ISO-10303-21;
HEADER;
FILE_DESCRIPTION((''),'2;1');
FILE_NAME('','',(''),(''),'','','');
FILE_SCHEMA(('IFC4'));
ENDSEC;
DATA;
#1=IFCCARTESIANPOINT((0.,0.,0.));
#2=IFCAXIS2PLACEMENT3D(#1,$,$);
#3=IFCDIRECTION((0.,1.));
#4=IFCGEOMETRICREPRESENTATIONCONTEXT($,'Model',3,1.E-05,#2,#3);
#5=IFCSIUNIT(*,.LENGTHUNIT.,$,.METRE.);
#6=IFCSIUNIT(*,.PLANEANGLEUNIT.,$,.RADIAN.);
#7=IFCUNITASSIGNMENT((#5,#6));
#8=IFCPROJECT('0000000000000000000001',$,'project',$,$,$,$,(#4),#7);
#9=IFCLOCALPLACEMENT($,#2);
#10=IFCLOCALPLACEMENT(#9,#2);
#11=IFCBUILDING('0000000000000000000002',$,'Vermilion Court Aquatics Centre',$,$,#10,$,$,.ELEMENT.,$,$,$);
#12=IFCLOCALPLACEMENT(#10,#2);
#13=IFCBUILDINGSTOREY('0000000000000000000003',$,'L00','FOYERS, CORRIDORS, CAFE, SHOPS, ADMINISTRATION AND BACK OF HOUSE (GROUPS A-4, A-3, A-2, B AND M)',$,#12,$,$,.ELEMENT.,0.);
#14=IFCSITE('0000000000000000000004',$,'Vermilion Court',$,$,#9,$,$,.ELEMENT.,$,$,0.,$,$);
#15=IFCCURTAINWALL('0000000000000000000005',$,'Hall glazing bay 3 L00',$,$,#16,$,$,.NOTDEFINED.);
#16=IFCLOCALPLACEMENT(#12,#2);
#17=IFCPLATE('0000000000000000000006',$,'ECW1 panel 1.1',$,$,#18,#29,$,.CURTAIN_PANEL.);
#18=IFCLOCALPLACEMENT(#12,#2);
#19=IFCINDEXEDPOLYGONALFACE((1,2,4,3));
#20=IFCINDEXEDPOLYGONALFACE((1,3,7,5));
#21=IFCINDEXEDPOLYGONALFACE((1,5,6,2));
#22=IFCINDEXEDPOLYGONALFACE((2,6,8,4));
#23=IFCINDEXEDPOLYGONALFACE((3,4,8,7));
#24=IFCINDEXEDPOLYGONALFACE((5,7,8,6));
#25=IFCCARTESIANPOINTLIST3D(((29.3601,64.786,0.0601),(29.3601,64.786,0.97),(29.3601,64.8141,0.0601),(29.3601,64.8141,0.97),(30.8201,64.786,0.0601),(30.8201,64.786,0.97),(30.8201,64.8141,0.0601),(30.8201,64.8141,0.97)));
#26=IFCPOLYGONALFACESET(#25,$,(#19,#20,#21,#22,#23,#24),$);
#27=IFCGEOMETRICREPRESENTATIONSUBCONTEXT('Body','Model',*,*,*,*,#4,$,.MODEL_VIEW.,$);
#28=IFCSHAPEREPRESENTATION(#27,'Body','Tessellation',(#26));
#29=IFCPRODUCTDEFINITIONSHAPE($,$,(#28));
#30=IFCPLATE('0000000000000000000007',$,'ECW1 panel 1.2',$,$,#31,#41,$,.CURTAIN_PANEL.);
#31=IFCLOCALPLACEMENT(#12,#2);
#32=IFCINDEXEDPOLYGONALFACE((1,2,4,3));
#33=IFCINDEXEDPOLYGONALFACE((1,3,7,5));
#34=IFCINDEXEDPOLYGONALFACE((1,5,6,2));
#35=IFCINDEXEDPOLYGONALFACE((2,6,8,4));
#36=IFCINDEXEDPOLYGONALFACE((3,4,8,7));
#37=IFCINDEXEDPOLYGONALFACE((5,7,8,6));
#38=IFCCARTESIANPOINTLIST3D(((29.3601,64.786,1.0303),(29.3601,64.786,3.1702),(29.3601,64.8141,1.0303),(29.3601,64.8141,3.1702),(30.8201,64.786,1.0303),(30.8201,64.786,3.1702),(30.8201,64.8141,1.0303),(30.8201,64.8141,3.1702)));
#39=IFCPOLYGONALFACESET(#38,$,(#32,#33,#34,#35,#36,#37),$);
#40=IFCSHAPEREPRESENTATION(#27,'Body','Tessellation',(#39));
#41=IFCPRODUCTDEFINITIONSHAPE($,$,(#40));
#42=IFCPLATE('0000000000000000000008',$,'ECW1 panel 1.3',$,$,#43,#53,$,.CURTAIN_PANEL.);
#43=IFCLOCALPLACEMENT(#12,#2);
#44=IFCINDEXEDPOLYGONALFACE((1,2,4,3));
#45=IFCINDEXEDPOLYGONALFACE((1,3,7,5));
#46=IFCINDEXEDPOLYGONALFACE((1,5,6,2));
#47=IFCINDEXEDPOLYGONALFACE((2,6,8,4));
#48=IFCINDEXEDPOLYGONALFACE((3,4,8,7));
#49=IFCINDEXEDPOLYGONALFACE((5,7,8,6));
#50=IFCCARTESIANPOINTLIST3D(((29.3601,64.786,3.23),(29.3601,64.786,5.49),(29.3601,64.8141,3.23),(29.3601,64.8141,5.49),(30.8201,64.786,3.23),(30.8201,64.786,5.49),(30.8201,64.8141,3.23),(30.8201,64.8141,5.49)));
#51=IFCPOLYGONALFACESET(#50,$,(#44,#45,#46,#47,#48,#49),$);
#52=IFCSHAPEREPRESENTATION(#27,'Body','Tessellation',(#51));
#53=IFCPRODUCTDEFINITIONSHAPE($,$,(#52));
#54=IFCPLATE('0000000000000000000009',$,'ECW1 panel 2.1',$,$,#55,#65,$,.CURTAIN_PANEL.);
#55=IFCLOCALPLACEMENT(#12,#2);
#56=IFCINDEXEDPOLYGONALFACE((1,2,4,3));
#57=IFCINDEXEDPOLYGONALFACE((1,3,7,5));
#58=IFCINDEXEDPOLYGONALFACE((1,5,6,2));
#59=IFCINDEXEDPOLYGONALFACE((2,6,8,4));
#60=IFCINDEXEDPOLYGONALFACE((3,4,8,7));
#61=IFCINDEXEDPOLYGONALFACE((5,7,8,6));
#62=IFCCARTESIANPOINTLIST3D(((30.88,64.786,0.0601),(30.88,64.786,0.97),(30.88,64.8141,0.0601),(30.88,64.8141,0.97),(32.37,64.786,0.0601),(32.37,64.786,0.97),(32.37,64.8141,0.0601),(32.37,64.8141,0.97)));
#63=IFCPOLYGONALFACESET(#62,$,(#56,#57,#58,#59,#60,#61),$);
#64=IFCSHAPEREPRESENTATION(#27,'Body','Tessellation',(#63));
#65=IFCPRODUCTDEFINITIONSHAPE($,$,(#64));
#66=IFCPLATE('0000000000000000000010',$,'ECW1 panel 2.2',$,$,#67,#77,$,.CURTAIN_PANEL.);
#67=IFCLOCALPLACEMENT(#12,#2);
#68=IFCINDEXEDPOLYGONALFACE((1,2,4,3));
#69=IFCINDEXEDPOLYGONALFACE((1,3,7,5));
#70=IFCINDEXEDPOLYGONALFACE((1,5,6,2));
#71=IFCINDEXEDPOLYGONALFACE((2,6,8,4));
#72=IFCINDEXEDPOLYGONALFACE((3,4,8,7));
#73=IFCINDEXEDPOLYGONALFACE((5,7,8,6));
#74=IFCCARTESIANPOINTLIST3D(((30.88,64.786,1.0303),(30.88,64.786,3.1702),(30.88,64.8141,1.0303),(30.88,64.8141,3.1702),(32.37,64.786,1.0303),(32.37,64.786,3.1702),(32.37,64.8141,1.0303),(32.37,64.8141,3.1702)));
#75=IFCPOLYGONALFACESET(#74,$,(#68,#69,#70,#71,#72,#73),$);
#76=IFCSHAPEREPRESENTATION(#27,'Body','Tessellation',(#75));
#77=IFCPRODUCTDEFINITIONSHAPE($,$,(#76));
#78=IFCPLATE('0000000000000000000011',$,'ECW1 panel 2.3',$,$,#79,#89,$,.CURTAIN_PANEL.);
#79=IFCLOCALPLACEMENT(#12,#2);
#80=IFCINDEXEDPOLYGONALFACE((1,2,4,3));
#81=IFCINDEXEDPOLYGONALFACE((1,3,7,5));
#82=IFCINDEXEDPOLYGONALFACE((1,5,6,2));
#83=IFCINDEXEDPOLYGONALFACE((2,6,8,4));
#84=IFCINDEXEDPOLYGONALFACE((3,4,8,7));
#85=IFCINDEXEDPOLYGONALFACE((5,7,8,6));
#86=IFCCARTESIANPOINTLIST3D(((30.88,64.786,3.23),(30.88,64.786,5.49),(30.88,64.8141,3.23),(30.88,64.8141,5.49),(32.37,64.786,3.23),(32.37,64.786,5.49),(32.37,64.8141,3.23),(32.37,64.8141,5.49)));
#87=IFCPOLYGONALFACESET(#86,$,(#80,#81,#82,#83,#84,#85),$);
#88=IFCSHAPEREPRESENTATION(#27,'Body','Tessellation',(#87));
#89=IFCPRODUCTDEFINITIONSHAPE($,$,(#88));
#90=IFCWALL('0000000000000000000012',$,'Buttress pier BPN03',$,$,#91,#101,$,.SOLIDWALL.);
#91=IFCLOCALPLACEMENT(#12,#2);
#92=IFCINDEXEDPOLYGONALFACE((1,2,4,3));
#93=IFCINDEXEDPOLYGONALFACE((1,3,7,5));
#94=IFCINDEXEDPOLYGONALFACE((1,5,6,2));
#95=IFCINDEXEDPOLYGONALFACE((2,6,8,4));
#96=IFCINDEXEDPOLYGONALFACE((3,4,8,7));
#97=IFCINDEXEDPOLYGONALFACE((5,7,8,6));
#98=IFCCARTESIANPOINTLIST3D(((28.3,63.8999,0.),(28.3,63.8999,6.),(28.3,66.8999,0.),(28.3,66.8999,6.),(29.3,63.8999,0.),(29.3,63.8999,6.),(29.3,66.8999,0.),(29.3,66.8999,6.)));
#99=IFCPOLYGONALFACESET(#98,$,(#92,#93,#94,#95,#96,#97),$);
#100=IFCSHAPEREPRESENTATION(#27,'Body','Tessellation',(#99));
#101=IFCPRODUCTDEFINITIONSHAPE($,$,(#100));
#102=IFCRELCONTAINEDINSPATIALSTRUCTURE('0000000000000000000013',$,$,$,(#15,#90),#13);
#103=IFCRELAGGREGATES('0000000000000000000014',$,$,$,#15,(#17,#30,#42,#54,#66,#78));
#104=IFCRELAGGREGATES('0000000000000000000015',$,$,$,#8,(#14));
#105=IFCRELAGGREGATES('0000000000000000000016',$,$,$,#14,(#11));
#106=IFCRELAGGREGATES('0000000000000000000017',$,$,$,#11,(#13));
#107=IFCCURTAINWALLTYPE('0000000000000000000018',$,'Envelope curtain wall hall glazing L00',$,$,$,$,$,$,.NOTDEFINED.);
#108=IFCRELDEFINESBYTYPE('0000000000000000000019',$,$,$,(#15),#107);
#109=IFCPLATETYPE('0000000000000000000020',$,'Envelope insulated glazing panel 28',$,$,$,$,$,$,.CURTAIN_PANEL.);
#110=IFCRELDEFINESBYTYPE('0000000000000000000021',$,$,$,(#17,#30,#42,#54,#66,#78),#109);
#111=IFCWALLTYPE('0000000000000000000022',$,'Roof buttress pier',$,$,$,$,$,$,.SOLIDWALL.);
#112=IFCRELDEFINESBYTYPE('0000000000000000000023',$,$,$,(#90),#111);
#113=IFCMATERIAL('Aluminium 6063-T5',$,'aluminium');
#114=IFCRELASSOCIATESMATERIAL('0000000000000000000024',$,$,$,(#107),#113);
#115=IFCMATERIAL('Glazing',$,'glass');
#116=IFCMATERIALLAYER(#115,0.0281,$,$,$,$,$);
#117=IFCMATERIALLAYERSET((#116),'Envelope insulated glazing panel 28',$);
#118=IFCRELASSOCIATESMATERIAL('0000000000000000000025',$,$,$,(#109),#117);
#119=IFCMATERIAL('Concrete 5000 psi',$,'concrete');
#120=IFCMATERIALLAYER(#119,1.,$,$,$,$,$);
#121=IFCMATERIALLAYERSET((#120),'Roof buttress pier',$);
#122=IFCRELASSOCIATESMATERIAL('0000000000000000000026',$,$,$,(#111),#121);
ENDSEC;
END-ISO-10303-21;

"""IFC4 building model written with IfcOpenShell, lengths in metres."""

from ifc_helpers import new_model, si_unit, direction, frame, frame_2d, origin, origin_2d, place, context, subcontext, project, spatial, rectangle, extrude, material, layer, layer_set, type_object, element, aggregate, save


model = new_model("IFC4")

# Units and contexts
model_context = context("Model", 3, precision=1e-05, world=origin(), true_north=direction((0.0, 1.0)))
body_context = subcontext(model_context, "Body", "Model", "MODEL_VIEW")
ifc_project = project(units=[si_unit("LENGTHUNIT", "METRE"), si_unit("PLANEANGLEUNIT", "RADIAN")], contexts=[model_context])

# Site, building, storey
site_placement = place(None, origin())
site = spatial("IfcSite", under=ifc_project, at=site_placement, Name="Vermilion Court", CompositionType="ELEMENT", RefElevation=0.0)
building_placement = place(site_placement, origin())
building = spatial("IfcBuilding", under=site, at=building_placement, Name="Vermilion Court Aquatics Centre", CompositionType="ELEMENT")
storey_placement = place(building_placement, origin())
storey = spatial("IfcBuildingStorey", under=building, at=storey_placement, Name="L00", Description="FOYERS, CORRIDORS, CAFE, SHOPS, ADMINISTRATION AND BACK OF HOUSE (GROUPS A-4, A-3, A-2, B AND M)", CompositionType="ELEMENT", Elevation=0.0)

# Shared definitions
ifc_material_1 = material(Name="Aluminium 6063-T5", Category="aluminium")
curtain_wall_type = type_object("IfcCurtainWallType", Name="Envelope curtain wall hall glazing L00", PredefinedType="NOTDEFINED", material=ifc_material_1)

# Curtain wall
curtain_wall_1_placement = place(storey_placement, origin())
curtain_wall_1 = element("IfcCurtainWall", 1, at=curtain_wall_1_placement, inside=storey, type_object=curtain_wall_type, Name="Hall glazing bay 3 L00", PredefinedType="NOTDEFINED")

# Plates
ifc_material_2 = material(Name="Glazing", Category="glass")
ifc_layer_1 = layer(ifc_material_2, 0.0281)
ifc_layer_set_1 = layer_set([ifc_layer_1], Name="Envelope insulated glazing panel 28")
plate_type = type_object("IfcPlateType", Name="Envelope insulated glazing panel 28", PredefinedType="CURTAIN_PANEL", material=ifc_layer_set_1)
plate_1_placement = place(storey_placement, frame((30.0901, 64.8, 0.0601), z_axis=(0.0, 0.0, 1.0), x_axis=(1.0, 0.0, 0.0)))
plate_1 = element("IfcPlate", 2, at=plate_1_placement, type_object=plate_type, Name="ECW1 panel 1.1", PredefinedType="CURTAIN_PANEL", context=body_context, shape_type="SweptSolid", body=[
    extrude(rectangle(XDim=1.46, YDim=0.0281, at=origin_2d()), origin(), (0.0, 0.0, 1.0), 0.9099),
])
plate_2_placement = place(storey_placement, frame((30.0901, 64.8, 1.0303), z_axis=(0.0, 0.0, 1.0), x_axis=(1.0, 0.0, 0.0)))
plate_2 = element("IfcPlate", 3, at=plate_2_placement, type_object=plate_type, Name="ECW1 panel 1.2", PredefinedType="CURTAIN_PANEL", context=body_context, shape_type="SweptSolid", body=[
    extrude(rectangle(XDim=1.46, YDim=0.0281, at=origin_2d()), origin(), (0.0, 0.0, 1.0), 2.1399),
])
plate_3_placement = place(storey_placement, frame((30.0901, 64.8, 3.23), z_axis=(0.0, 0.0, 1.0), x_axis=(1.0, 0.0, 0.0)))
plate_3 = element("IfcPlate", 4, at=plate_3_placement, type_object=plate_type, Name="ECW1 panel 1.3", PredefinedType="CURTAIN_PANEL", context=body_context, shape_type="SweptSolid", body=[
    extrude(rectangle(XDim=1.46, YDim=0.0281, at=origin_2d()), origin(), (0.0, 0.0, 1.0), 2.26),
])
plate_4_placement = place(storey_placement, frame((31.625, 64.8, 0.0601), z_axis=(0.0, 0.0, 1.0), x_axis=(1.0, 0.0, 0.0)))
plate_4 = element("IfcPlate", 5, at=plate_4_placement, type_object=plate_type, Name="ECW1 panel 2.1", PredefinedType="CURTAIN_PANEL", context=body_context, shape_type="SweptSolid", body=[
    extrude(rectangle(XDim=1.49, YDim=0.0281, at=origin_2d()), origin(), (0.0, 0.0, 1.0), 0.9099),
])
plate_5_placement = place(storey_placement, frame((31.625, 64.8, 1.0303), z_axis=(0.0, 0.0, 1.0), x_axis=(1.0, 0.0, 0.0)))
plate_5 = element("IfcPlate", 6, at=plate_5_placement, type_object=plate_type, Name="ECW1 panel 2.2", PredefinedType="CURTAIN_PANEL", context=body_context, shape_type="SweptSolid", body=[
    extrude(rectangle(XDim=1.49, YDim=0.0281, at=origin_2d()), origin(), (0.0, 0.0, 1.0), 2.1399),
])
plate_6_placement = place(storey_placement, frame((31.625, 64.8, 3.23), z_axis=(0.0, 0.0, 1.0), x_axis=(1.0, 0.0, 0.0)))
plate_6 = element("IfcPlate", 7, at=plate_6_placement, type_object=plate_type, Name="ECW1 panel 2.3", PredefinedType="CURTAIN_PANEL", context=body_context, shape_type="SweptSolid", body=[
    extrude(rectangle(XDim=1.49, YDim=0.0281, at=origin_2d()), origin(), (0.0, 0.0, 1.0), 2.26),
])
aggregate(curtain_wall_1, [plate_1, plate_2, plate_3, plate_4, plate_5, plate_6])

# Wall
ifc_material_3 = material(Name="Concrete 5000 psi", Category="concrete")
ifc_layer_2 = layer(ifc_material_3, 1.0)
ifc_layer_set_2 = layer_set([ifc_layer_2], Name="Roof buttress pier")
wall_type = type_object("IfcWallType", Name="Roof buttress pier", PredefinedType="SOLIDWALL", material=ifc_layer_set_2)
wall_placement = place(storey_placement, frame((28.8, 63.8999, 0.0), z_axis=(0.0, 0.0, 1.0), x_axis=(0.0, 1.0, 0.0)))
element("IfcWall", 8, at=wall_placement, inside=storey, type_object=wall_type, Name="Buttress pier BPN03", PredefinedType="SOLIDWALL", context=body_context, shape_type="SweptSolid", body=[
    extrude(rectangle(XDim=3.0, YDim=1.0, at=frame_2d((1.5, 0.0))), origin(), (0.0, 0.0, 1.0), 6.0),
])

save(model, "model.ifc")
